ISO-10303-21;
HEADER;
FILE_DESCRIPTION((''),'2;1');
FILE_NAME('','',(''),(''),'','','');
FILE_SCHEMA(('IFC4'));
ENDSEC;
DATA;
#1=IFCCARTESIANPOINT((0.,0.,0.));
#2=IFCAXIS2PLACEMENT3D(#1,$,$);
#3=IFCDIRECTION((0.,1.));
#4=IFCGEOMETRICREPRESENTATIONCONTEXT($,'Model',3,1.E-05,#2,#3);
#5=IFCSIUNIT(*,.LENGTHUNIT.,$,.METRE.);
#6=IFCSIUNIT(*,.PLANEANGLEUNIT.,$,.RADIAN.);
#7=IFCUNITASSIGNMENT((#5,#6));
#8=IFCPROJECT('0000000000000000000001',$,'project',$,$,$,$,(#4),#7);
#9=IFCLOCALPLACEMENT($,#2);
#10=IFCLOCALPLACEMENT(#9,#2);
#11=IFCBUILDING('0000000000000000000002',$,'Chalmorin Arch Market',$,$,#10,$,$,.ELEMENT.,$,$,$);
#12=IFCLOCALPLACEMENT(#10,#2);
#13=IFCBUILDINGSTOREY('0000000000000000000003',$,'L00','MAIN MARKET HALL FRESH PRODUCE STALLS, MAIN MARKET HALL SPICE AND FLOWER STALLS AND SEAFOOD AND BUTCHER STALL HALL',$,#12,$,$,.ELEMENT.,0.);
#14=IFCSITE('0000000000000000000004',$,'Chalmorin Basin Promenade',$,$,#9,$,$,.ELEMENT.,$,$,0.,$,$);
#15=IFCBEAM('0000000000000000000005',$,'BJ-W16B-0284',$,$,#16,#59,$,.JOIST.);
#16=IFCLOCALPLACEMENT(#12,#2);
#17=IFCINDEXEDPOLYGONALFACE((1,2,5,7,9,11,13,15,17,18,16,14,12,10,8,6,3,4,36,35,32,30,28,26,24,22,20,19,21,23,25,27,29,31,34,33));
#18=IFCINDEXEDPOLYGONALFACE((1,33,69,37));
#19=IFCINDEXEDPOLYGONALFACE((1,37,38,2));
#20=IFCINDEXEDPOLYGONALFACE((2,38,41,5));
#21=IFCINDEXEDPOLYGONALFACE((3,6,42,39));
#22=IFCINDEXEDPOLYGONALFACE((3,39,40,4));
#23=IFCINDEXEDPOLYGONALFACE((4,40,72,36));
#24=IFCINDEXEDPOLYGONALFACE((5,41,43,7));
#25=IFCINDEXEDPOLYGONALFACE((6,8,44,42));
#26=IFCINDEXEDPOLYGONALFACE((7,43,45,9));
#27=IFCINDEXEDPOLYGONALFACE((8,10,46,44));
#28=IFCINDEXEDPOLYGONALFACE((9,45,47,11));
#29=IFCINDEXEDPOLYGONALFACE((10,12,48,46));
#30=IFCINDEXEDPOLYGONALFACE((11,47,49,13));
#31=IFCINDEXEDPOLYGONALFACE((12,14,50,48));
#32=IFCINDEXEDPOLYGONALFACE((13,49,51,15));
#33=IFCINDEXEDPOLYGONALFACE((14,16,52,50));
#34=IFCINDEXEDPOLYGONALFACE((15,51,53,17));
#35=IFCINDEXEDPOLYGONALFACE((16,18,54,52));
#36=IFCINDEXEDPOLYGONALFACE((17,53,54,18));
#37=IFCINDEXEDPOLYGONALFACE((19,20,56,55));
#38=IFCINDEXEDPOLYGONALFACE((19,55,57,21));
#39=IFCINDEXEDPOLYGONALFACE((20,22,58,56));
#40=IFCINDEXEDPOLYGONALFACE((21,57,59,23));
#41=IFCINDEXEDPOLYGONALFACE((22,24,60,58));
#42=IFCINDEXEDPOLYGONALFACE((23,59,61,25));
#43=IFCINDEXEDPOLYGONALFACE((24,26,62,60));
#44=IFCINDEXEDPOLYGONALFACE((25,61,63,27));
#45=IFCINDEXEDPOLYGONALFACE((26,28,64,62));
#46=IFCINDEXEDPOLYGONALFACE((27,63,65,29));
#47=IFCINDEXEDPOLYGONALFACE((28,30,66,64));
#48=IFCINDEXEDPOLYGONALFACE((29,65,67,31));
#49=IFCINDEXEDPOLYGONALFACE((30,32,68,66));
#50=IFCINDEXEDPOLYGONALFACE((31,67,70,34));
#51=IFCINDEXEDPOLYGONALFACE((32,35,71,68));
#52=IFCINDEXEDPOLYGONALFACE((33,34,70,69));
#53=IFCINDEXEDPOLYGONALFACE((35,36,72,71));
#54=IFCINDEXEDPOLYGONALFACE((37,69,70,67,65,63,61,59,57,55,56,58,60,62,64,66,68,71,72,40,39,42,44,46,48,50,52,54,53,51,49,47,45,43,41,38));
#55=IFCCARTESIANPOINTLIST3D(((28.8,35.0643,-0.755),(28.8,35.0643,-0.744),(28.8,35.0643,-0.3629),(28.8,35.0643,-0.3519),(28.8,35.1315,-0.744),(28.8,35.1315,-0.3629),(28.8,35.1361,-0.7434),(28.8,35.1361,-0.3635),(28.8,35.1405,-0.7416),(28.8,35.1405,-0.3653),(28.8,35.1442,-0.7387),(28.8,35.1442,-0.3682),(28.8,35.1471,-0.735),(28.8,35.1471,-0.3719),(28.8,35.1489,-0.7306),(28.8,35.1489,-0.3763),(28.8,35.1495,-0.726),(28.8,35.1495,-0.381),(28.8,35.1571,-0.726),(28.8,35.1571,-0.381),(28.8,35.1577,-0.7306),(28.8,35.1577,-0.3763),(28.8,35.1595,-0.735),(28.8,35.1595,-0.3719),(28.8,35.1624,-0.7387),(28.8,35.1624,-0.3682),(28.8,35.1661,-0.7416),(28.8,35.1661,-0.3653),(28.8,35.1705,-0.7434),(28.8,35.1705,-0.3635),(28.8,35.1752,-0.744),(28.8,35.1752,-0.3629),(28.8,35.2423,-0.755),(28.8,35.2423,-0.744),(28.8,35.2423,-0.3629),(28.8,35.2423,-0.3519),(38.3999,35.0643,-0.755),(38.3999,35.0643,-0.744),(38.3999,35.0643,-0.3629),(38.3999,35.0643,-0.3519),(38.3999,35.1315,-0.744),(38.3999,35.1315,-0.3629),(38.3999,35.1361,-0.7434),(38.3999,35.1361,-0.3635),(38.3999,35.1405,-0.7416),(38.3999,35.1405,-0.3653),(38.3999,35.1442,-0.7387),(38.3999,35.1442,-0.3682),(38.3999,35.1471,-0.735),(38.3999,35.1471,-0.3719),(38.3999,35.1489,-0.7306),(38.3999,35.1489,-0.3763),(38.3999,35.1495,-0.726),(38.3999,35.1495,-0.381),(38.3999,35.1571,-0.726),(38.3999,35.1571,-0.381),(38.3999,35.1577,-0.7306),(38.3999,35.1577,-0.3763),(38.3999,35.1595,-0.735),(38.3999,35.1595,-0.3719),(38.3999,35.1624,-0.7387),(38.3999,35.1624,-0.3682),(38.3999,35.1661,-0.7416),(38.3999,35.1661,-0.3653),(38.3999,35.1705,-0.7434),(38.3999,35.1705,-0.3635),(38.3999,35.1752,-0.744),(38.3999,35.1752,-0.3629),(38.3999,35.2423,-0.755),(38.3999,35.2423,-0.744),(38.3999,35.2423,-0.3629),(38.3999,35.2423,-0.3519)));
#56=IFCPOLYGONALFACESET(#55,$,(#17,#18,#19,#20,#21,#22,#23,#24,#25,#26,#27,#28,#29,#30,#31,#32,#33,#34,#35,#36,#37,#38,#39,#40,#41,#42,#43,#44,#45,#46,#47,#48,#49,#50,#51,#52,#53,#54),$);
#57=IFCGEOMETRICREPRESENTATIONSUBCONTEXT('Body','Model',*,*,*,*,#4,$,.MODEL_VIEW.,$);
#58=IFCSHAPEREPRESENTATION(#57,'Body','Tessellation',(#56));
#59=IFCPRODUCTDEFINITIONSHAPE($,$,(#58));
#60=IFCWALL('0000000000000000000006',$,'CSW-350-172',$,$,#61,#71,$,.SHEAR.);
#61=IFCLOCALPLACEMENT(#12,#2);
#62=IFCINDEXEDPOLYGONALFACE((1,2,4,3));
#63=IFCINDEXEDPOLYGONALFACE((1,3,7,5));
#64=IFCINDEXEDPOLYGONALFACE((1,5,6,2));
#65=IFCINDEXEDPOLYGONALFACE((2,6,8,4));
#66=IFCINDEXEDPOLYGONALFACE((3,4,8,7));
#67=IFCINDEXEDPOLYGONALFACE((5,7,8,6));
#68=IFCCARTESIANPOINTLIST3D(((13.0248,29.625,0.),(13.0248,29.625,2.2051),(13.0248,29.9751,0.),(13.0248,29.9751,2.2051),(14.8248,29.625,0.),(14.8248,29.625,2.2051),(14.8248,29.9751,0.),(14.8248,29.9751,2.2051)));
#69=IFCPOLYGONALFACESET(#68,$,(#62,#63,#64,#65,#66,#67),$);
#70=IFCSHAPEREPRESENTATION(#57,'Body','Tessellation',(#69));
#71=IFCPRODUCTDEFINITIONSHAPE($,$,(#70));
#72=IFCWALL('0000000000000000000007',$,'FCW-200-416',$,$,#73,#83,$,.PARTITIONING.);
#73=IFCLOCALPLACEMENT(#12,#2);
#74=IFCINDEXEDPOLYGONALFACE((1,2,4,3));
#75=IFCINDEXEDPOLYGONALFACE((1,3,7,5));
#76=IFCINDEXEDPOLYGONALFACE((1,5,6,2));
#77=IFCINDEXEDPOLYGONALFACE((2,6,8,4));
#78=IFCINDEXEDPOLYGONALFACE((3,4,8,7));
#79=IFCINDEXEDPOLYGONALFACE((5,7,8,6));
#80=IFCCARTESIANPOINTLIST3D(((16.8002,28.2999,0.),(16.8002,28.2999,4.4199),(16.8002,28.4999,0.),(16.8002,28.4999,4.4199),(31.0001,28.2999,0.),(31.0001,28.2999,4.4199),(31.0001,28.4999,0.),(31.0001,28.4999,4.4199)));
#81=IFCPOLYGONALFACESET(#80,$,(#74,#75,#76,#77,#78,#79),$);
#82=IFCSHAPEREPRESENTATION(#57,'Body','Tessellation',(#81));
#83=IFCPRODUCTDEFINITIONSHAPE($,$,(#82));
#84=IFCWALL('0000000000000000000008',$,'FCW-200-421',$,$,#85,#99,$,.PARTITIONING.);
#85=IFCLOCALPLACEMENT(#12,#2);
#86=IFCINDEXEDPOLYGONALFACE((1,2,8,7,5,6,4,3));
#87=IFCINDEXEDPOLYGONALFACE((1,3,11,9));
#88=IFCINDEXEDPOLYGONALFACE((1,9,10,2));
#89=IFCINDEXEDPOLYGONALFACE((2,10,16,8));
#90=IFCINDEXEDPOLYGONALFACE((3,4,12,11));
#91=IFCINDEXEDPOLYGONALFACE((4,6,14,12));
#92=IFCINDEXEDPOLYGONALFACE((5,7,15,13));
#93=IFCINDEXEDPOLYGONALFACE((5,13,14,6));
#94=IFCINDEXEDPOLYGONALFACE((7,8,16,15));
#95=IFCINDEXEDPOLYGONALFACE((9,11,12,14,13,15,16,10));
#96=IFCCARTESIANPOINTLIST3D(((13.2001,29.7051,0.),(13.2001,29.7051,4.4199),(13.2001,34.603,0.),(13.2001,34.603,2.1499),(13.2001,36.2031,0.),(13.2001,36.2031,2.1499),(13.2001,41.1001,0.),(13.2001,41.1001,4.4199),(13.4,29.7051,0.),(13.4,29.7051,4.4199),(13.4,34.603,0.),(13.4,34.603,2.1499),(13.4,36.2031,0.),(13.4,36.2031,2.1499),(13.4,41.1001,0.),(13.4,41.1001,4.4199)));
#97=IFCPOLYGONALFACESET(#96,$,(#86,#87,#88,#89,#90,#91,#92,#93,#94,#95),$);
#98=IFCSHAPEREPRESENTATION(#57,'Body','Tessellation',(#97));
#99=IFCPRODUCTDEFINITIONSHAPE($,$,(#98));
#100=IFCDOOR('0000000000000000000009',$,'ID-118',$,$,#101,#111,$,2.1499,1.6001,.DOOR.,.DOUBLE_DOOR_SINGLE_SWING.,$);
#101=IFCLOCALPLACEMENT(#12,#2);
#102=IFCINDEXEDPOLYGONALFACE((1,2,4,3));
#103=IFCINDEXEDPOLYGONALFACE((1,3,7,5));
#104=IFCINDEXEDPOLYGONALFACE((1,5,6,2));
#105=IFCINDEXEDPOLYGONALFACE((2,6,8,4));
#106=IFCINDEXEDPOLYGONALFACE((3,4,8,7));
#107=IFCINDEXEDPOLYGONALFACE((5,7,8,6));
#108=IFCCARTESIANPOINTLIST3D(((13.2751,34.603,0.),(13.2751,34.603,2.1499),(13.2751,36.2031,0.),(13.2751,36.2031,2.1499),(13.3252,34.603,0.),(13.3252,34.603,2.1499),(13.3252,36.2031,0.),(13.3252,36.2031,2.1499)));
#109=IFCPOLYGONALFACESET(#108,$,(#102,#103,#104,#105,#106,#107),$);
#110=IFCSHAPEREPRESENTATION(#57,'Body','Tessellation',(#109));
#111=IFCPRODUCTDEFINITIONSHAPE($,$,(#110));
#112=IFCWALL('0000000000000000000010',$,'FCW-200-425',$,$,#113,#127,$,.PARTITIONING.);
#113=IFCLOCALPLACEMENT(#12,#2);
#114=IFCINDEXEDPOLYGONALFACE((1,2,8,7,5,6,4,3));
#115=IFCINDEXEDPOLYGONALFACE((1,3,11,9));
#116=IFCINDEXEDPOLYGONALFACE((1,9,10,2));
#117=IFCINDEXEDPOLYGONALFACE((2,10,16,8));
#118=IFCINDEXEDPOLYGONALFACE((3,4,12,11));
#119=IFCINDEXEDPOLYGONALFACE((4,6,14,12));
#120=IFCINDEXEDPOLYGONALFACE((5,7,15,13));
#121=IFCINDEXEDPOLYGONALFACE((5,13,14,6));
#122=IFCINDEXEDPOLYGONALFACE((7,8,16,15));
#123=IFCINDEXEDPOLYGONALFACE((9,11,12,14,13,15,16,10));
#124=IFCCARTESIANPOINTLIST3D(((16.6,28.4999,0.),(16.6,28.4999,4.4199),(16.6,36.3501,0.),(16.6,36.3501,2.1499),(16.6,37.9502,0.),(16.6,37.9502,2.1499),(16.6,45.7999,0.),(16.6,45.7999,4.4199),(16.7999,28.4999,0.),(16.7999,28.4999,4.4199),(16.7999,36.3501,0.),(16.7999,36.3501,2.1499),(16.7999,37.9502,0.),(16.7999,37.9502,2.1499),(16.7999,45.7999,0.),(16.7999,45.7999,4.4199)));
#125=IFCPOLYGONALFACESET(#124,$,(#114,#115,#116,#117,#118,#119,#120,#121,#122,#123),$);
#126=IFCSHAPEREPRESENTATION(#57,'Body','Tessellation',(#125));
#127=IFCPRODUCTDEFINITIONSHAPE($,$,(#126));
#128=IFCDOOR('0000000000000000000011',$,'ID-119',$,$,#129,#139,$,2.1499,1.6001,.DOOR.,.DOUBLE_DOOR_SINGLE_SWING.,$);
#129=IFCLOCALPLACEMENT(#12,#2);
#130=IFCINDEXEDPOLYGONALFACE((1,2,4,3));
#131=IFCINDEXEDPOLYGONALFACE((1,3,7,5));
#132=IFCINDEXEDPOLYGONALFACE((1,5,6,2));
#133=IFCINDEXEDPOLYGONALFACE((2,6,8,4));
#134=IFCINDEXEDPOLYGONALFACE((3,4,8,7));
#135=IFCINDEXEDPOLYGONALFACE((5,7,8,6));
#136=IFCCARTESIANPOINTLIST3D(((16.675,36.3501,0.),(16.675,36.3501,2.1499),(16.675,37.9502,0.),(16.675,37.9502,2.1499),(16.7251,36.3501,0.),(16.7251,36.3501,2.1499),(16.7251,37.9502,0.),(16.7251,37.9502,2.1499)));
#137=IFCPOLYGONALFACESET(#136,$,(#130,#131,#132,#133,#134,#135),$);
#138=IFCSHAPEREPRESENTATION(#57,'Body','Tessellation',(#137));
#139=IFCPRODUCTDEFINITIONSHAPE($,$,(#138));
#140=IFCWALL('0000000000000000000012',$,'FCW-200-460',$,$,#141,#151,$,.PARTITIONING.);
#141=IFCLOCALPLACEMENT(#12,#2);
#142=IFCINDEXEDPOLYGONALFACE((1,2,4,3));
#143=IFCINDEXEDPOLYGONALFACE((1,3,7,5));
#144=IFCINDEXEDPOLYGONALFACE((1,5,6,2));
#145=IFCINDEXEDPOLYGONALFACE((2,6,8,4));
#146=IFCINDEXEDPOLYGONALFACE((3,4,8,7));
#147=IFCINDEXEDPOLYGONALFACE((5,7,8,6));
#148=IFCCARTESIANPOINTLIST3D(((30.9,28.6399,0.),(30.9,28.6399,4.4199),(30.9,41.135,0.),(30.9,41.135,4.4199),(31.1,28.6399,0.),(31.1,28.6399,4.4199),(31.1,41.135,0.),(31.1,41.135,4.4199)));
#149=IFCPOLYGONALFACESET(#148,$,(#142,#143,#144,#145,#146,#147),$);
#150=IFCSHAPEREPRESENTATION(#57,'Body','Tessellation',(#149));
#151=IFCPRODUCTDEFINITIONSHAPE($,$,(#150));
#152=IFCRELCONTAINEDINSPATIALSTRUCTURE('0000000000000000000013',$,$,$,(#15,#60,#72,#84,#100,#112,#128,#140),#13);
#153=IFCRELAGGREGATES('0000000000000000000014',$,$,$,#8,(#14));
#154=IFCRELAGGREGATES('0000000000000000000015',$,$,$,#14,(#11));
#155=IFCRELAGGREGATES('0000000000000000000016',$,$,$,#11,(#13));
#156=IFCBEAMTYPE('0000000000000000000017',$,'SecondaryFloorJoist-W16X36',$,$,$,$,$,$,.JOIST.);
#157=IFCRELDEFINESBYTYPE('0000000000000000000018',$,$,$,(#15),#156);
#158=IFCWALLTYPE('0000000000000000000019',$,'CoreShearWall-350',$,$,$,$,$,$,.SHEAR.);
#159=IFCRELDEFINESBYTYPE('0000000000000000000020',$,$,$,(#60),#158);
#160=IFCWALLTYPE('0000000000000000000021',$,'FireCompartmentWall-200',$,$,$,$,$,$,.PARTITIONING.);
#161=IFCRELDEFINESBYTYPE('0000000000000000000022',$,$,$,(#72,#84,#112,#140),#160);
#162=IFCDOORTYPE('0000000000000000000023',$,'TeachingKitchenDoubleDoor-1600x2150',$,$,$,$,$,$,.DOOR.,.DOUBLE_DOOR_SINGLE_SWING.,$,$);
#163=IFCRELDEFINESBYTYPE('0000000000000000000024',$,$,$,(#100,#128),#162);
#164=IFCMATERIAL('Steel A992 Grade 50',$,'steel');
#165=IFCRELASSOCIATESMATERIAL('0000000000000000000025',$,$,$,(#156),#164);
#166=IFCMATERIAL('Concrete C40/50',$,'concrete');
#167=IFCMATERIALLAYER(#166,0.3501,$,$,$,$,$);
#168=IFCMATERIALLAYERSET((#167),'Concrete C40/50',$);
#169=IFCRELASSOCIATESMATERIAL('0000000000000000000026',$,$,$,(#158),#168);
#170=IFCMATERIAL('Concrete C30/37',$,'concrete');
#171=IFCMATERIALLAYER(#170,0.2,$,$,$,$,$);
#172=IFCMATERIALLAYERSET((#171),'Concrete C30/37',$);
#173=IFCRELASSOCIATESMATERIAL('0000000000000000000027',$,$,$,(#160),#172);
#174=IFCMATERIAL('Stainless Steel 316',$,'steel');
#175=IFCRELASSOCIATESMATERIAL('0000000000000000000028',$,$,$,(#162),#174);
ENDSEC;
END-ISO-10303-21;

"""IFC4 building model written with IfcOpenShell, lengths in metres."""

from ifc_helpers import new_model, si_unit, direction, frame, frame_2d, origin, origin_2d, place, context, subcontext, project, spatial, rectangle, i_section, extrude, material, layer, layer_set, material_profile, profile_set, type_object, element, fill, save


model = new_model("IFC4")

# Units and contexts
model_context = context("Model", 3, precision=1e-05, world=origin(), true_north=direction((0.0, 1.0)))
body_context = subcontext(model_context, "Body", "Model", "MODEL_VIEW")
ifc_project = project(units=[si_unit("LENGTHUNIT", "METRE"), si_unit("PLANEANGLEUNIT", "RADIAN")], contexts=[model_context])

# Site, building, storey
site_placement = place(None, origin())
site = spatial("IfcSite", under=ifc_project, at=site_placement, Name="Chalmorin Basin Promenade", CompositionType="ELEMENT", RefElevation=0.0)
building_placement = place(site_placement, origin())
building = spatial("IfcBuilding", under=site, at=building_placement, Name="Chalmorin Arch Market", CompositionType="ELEMENT")
storey_placement = place(building_placement, origin())
storey = spatial("IfcBuildingStorey", under=building, at=storey_placement, Name="L00", Description="MAIN MARKET HALL FRESH PRODUCE STALLS, MAIN MARKET HALL SPICE AND FLOWER STALLS AND SEAFOOD AND BUTCHER STALL HALL", CompositionType="ELEMENT", Elevation=0.0)

# Shared definitions
ifc_material_1 = material(Name="Concrete C40/50", Category="concrete")

# Beam
ifc_material_2 = material(Name="Steel A992 Grade 50", Category="steel")
ifc_material_profile_1 = material_profile(ifc_material_2, i_section(OverallWidth=0.178, OverallDepth=0.4031, WebThickness=0.0076, FlangeThickness=0.011, FilletRadius=0.0181, at=origin_2d()), Name="W16X36")
ifc_profile_set_1 = profile_set([ifc_material_profile_1], Name="Steel A992 Grade 50")
beam_type_1 = type_object("IfcBeamType", Name="SecondaryFloorJoist-W16X36", PredefinedType="JOIST", material=ifc_profile_set_1)
for number, where, z_axis, x_axis, name in (
    (1, (28.8, 35.1533, -0.5535), (1.0, 0.0, 0.0), (0.0, 1.0, 0.0), "BJ-W16B-0284"),
):
    element("IfcBeam", number, at=place(storey_placement, frame(where, z_axis=z_axis, x_axis=x_axis)), inside=storey, type_object=beam_type_1, Name=name, PredefinedType="JOIST", context=body_context, shape_type="SweptSolid", body=[
        extrude(i_section(OverallWidth=0.178, OverallDepth=0.4031, WebThickness=0.0076, FlangeThickness=0.011, FilletRadius=0.0181, at=origin_2d()), origin(), (0.0, 0.0, 1.0), 9.5999),
    ])

# Walls
ifc_layer_1 = layer(ifc_material_1, 0.3501)
ifc_layer_set_1 = layer_set([ifc_layer_1], Name="Concrete C40/50")
wall_type_1 = type_object("IfcWallType", Name="CoreShearWall-350", PredefinedType="SHEAR", material=ifc_layer_set_1)
wall_1_placement = place(storey_placement, frame((13.0249, 29.8, 0.0), z_axis=(0.0, 0.0, 1.0), x_axis=(1.0, 0.0, 0.0)))
element("IfcWall", 2, at=wall_1_placement, inside=storey, type_object=wall_type_1, Name="CSW-350-172", PredefinedType="SHEAR", context=body_context, shape_type="SweptSolid", body=[
    extrude(rectangle(XDim=1.8, YDim=0.3501, at=frame_2d((0.8999, 0.0))), origin(), (0.0, 0.0, 1.0), 2.2051),
])
ifc_material_3 = material(Name="Concrete C30/37", Category="concrete")
ifc_layer_2 = layer(ifc_material_3, 0.2)
ifc_layer_set_2 = layer_set([ifc_layer_2], Name="Concrete C30/37")
wall_type_2 = type_object("IfcWallType", Name="FireCompartmentWall-200", PredefinedType="PARTITIONING", material=ifc_layer_set_2)
wall_2_placement = place(storey_placement, frame((16.8, 28.3999, 0.0), z_axis=(0.0, 0.0, 1.0), x_axis=(1.0, 0.0, 0.0)))
element("IfcWall", 3, at=wall_2_placement, inside=storey, type_object=wall_type_2, Name="FCW-200-416", PredefinedType="PARTITIONING", context=body_context, shape_type="SweptSolid", body=[
    extrude(rectangle(XDim=14.2, YDim=0.2, at=frame_2d((7.1001, 0.0))), origin(), (0.0, 0.0, 1.0), 4.4199),
])

# Walls, openings, doors
wall_3_placement = place(storey_placement, frame((13.3, 29.7051, 0.0), z_axis=(0.0, 0.0, 1.0), x_axis=(0.0, 1.0, 0.0)))
wall_3 = element("IfcWall", 4, at=wall_3_placement, inside=storey, type_object=wall_type_2, Name="FCW-200-421", PredefinedType="PARTITIONING", context=body_context, shape_type="SweptSolid", body=[
    extrude(rectangle(XDim=11.395, YDim=0.2, at=frame_2d((5.6975, 0.0))), origin(), (0.0, 0.0, 1.0), 4.4199),
])
opening_1_placement = place(wall_3_placement, frame((4.8979, 0.0, 0.0)))
opening_1 = element("IfcOpeningElement", 5, at=opening_1_placement, cuts=wall_3, PredefinedType="OPENING", context=body_context, shape_type="SweptSolid", body=[
    extrude(rectangle(XDim=1.6001, YDim=2.1499, at=frame_2d((0.8, 1.075))), frame((0.0, 0.1099, 0.0), z_axis=(0.0, -1.0, 0.0), x_axis=(1.0, 0.0, 0.0)), (0.0, 0.0, 1.0), 0.22),
])
ifc_material_4 = material(Name="Stainless Steel 316", Category="steel")
door_type = type_object("IfcDoorType", Name="TeachingKitchenDoubleDoor-1600x2150", OperationType="DOUBLE_DOOR_SINGLE_SWING", PredefinedType="DOOR", material=ifc_material_4)
door_1_placement = place(opening_1_placement, origin())
door_1 = element("IfcDoor", 6, at=door_1_placement, inside=storey, type_object=door_type, Name="ID-118", OperationType="DOUBLE_DOOR_SINGLE_SWING", OverallHeight=2.1499, OverallWidth=1.6001, PredefinedType="DOOR", context=body_context, shape_type="SweptSolid", body=[
    extrude(rectangle(XDim=1.6001, YDim=2.1499, at=frame_2d((0.8, 1.075))), frame((0.0, 0.0249, 0.0), z_axis=(0.0, -1.0, 0.0), x_axis=(1.0, 0.0, 0.0)), (0.0, 0.0, 1.0), 0.05),
])
fill(opening_1, door_1)
wall_4_placement = place(storey_placement, frame((16.7, 28.5, 0.0), z_axis=(0.0, 0.0, 1.0), x_axis=(0.0, 1.0, 0.0)))
wall_4 = element("IfcWall", 7, at=wall_4_placement, inside=storey, type_object=wall_type_2, Name="FCW-200-425", PredefinedType="PARTITIONING", context=body_context, shape_type="SweptSolid", body=[
    extrude(rectangle(XDim=17.3, YDim=0.2, at=frame_2d((8.6499, 0.0))), origin(), (0.0, 0.0, 1.0), 4.4199),
])
opening_2_placement = place(wall_4_placement, frame((7.8501, 0.0, 0.0)))
opening_2 = element("IfcOpeningElement", 8, at=opening_2_placement, cuts=wall_4, PredefinedType="OPENING", context=body_context, shape_type="SweptSolid", body=[
    extrude(rectangle(XDim=1.6001, YDim=2.1499, at=frame_2d((0.8, 1.075))), frame((0.0, 0.1099, 0.0), z_axis=(0.0, -1.0, 0.0), x_axis=(1.0, 0.0, 0.0)), (0.0, 0.0, 1.0), 0.22),
])
door_2_placement = place(opening_2_placement, origin())
door_2 = element("IfcDoor", 9, at=door_2_placement, inside=storey, type_object=door_type, Name="ID-119", OperationType="DOUBLE_DOOR_SINGLE_SWING", OverallHeight=2.1499, OverallWidth=1.6001, PredefinedType="DOOR", context=body_context, shape_type="SweptSolid", body=[
    extrude(rectangle(XDim=1.6001, YDim=2.1499, at=frame_2d((0.8, 1.075))), frame((0.0, 0.0249, 0.0), z_axis=(0.0, -1.0, 0.0), x_axis=(1.0, 0.0, 0.0)), (0.0, 0.0, 1.0), 0.05),
])
fill(opening_2, door_2)

# Wall
wall_5_placement = place(storey_placement, frame((31.0, 28.6399, 0.0), z_axis=(0.0, 0.0, 1.0), x_axis=(0.0, 1.0, 0.0)))
element("IfcWall", 10, at=wall_5_placement, inside=storey, type_object=wall_type_2, Name="FCW-200-460", PredefinedType="PARTITIONING", context=body_context, shape_type="SweptSolid", body=[
    extrude(rectangle(XDim=12.4951, YDim=0.2, at=frame_2d((6.2476, 0.0))), origin(), (0.0, 0.0, 1.0), 4.4199),
])

save(model, "model.ifc")
